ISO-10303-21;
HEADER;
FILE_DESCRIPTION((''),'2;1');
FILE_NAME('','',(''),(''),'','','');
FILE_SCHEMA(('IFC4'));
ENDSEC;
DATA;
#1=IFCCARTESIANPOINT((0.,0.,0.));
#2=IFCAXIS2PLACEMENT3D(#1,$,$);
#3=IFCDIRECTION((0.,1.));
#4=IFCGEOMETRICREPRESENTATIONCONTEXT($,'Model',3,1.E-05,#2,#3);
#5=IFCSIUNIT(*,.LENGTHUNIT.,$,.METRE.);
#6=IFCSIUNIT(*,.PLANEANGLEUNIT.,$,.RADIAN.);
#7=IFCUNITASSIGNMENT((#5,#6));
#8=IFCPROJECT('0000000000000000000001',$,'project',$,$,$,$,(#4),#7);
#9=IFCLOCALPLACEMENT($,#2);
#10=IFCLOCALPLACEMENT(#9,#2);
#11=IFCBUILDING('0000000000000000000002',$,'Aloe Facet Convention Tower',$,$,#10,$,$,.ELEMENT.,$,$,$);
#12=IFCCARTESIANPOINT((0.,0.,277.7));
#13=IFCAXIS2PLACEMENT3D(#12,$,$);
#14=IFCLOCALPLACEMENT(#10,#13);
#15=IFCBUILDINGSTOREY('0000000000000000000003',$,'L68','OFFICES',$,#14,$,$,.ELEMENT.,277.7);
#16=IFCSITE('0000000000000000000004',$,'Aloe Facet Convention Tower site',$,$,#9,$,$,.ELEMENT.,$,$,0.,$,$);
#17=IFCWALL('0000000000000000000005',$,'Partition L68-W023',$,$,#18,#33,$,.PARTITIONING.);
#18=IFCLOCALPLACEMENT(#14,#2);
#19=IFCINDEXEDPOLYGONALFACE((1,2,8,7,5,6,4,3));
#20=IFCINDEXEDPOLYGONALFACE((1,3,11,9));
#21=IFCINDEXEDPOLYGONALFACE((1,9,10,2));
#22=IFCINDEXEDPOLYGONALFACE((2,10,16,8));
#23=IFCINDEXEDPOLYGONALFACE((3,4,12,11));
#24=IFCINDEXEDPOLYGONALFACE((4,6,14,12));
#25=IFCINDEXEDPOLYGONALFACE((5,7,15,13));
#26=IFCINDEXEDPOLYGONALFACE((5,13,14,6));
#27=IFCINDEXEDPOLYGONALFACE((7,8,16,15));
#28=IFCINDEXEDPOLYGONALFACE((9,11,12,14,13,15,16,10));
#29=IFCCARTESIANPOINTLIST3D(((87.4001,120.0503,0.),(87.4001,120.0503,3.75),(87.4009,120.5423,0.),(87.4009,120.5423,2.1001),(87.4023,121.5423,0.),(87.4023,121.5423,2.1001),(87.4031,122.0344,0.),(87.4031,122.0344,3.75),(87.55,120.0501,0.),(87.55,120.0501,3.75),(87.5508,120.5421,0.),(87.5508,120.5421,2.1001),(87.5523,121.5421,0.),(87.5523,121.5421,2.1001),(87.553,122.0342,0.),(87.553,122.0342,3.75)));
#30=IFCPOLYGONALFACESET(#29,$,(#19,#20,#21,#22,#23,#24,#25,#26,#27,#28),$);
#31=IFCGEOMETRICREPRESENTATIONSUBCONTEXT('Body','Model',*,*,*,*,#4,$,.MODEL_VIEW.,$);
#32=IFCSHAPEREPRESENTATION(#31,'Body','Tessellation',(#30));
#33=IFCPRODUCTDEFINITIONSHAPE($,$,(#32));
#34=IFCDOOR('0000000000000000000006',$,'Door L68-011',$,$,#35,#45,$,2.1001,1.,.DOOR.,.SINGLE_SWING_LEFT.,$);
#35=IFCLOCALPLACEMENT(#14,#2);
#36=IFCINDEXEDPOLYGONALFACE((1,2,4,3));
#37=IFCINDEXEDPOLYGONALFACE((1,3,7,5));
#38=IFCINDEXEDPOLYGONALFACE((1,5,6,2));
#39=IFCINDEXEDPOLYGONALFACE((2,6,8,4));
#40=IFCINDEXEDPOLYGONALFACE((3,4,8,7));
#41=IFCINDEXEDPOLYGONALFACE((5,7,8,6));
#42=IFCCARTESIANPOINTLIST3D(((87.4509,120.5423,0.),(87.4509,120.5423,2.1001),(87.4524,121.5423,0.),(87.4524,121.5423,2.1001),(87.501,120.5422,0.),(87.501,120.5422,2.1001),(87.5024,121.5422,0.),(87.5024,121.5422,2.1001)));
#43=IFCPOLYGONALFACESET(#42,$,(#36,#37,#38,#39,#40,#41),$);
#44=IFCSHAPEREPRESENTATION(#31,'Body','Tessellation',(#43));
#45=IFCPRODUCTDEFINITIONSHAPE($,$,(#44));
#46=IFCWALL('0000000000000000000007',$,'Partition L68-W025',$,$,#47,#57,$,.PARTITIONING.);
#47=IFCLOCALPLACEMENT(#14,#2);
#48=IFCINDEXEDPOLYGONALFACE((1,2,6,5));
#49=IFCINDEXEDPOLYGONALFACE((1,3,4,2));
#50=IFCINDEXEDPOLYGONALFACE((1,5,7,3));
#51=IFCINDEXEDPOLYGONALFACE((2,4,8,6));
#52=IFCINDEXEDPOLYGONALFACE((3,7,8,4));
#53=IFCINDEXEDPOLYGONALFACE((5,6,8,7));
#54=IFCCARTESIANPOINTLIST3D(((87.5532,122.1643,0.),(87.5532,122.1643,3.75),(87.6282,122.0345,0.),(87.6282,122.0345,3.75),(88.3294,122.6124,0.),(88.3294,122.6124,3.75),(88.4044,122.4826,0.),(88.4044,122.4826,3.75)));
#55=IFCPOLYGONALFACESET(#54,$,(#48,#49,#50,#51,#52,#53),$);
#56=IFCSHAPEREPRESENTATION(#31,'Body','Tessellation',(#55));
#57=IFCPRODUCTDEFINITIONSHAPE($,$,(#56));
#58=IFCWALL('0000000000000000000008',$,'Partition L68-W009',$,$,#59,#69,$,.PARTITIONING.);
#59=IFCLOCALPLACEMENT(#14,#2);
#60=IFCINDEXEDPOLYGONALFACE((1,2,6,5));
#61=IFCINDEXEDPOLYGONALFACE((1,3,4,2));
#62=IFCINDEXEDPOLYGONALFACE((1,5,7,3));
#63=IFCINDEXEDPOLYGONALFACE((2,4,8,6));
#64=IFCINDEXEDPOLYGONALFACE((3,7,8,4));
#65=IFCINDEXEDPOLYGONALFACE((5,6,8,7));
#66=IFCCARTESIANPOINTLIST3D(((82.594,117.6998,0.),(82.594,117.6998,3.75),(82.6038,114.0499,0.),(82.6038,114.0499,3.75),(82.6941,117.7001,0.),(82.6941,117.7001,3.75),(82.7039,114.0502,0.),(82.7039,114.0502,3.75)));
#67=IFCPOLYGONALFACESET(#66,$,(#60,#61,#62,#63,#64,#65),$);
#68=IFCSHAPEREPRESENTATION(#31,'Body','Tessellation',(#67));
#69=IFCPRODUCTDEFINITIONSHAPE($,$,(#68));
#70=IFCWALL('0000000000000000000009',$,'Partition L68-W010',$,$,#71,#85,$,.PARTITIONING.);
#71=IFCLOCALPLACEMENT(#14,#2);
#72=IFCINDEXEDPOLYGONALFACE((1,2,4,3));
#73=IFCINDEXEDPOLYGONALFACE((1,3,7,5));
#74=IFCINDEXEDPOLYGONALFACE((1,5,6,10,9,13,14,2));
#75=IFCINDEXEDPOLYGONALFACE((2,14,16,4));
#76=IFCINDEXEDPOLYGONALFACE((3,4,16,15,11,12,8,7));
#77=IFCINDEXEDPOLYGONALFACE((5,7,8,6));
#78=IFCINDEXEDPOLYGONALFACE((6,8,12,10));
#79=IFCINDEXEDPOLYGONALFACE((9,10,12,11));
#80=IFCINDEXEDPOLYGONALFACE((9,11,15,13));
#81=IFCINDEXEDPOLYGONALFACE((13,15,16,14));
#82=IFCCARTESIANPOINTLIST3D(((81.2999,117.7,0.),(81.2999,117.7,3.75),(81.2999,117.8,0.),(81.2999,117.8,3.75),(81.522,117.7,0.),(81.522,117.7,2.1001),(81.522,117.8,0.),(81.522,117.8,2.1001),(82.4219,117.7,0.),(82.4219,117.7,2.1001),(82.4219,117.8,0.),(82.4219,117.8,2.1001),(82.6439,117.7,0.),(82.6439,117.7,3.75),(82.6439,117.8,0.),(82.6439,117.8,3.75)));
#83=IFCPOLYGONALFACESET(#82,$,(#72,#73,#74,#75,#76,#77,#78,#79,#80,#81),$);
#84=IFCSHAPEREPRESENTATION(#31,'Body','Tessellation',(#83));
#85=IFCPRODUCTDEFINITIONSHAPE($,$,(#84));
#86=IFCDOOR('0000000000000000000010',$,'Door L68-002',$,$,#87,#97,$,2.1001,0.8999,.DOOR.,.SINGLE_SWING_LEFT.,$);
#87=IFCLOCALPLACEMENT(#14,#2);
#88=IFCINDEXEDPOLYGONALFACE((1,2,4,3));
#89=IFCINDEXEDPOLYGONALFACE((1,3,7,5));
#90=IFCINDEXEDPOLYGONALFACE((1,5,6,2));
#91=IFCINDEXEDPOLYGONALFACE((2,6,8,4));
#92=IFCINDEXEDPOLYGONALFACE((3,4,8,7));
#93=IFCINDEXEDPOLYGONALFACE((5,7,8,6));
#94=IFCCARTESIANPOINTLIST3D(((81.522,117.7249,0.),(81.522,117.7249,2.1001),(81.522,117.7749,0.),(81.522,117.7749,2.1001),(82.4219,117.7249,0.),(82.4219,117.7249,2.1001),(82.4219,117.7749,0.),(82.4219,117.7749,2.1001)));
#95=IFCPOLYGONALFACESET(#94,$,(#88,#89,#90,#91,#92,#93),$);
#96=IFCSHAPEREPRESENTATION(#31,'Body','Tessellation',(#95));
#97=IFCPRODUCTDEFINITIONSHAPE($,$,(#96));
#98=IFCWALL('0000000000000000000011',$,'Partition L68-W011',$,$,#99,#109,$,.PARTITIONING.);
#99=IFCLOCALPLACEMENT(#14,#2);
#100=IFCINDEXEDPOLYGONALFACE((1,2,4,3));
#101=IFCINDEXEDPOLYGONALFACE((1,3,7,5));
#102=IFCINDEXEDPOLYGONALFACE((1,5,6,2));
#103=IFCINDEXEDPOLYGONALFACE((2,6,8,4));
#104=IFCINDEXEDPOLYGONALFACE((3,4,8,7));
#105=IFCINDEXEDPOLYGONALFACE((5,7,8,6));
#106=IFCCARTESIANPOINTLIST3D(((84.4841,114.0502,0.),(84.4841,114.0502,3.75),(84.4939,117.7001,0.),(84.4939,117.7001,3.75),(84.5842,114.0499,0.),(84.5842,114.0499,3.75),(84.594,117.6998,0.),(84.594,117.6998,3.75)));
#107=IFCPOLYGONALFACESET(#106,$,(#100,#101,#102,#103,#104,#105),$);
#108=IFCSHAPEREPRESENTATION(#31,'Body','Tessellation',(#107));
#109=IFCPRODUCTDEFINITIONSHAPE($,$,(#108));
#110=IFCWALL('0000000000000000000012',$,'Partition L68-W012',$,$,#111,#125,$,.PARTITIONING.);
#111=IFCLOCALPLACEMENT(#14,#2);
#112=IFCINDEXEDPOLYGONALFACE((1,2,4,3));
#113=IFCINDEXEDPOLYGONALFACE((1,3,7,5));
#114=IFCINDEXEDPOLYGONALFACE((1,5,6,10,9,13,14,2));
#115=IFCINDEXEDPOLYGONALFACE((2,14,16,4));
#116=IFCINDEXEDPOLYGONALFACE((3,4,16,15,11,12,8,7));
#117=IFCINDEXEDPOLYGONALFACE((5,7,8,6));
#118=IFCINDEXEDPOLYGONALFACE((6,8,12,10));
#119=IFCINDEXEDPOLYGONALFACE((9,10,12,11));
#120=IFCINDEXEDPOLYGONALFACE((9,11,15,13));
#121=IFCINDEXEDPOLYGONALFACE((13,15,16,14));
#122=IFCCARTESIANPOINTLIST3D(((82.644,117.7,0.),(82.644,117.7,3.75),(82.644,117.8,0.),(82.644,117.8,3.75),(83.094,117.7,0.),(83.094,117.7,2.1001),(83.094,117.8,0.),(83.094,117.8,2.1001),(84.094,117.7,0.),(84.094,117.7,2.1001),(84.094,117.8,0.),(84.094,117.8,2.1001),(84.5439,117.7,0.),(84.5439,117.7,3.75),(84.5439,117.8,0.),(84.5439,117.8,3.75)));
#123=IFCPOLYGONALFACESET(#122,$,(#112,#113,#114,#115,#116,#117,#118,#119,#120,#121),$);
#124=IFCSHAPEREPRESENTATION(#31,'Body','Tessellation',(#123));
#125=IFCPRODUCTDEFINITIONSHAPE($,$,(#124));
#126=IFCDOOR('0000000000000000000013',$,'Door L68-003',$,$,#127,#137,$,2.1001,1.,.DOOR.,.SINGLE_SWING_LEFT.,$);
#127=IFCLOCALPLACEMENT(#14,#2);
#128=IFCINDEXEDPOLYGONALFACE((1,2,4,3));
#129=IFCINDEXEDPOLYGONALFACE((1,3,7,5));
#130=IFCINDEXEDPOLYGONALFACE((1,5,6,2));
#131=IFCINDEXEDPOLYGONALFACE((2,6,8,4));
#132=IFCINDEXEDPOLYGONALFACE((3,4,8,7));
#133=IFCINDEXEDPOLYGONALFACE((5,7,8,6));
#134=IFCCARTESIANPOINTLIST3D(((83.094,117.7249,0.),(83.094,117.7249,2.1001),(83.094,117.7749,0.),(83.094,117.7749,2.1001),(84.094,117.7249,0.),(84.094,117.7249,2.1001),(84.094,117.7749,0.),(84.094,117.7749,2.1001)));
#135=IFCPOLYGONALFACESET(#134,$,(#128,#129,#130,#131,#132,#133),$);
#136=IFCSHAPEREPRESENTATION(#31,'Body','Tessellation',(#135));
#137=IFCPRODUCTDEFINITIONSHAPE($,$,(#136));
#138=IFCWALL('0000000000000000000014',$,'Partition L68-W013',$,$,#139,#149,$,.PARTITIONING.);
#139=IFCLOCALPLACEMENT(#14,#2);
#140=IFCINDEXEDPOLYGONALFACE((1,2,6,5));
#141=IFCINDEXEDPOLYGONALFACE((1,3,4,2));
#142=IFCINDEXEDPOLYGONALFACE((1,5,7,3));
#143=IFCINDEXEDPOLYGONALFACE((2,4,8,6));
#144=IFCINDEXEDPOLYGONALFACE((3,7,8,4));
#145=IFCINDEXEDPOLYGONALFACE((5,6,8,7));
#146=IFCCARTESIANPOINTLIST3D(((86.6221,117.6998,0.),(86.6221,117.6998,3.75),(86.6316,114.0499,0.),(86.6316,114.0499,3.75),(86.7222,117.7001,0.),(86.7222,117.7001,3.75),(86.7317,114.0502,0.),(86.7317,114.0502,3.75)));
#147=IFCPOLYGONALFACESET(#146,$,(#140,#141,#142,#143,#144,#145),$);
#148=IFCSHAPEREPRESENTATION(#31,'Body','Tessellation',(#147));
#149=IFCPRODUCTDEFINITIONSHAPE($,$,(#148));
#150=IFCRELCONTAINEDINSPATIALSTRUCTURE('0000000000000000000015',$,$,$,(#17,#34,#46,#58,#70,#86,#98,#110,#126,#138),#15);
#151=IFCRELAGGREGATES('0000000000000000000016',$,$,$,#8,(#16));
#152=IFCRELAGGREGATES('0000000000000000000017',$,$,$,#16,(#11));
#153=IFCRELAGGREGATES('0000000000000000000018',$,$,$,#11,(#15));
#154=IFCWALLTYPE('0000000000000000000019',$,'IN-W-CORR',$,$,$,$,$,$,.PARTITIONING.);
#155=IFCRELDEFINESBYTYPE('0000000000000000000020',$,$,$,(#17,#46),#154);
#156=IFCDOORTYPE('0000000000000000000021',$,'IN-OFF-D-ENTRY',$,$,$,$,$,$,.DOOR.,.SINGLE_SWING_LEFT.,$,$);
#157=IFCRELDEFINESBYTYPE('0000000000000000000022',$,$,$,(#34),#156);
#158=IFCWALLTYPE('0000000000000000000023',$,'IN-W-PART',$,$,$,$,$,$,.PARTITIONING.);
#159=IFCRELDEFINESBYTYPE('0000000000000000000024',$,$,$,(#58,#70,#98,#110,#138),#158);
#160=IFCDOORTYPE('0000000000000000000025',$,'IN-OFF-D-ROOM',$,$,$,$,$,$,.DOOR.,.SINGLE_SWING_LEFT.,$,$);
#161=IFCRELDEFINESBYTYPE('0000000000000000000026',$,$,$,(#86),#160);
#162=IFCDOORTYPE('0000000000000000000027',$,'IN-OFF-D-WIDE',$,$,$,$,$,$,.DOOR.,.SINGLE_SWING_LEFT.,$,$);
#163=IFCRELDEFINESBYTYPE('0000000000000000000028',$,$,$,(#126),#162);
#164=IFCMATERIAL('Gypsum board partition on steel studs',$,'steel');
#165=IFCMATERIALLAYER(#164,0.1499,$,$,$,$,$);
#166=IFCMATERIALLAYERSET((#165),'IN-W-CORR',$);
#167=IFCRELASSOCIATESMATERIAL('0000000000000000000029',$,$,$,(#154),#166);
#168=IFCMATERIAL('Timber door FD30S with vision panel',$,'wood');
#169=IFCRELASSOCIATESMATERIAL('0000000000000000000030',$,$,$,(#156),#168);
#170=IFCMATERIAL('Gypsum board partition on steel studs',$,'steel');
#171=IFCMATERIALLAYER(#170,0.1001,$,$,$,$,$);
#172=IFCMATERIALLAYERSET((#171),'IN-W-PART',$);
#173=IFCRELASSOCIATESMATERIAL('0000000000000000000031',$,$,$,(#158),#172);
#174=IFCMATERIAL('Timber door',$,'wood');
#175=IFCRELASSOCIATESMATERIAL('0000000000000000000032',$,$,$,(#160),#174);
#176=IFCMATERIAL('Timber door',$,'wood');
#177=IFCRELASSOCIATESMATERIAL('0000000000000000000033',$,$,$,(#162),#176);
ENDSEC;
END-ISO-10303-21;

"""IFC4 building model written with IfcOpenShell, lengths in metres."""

from ifc_helpers import new_model, si_unit, direction, frame, frame_2d, origin, place, context, subcontext, project, spatial, rectangle, extrude, material, layer, layer_set, type_object, element, fill, save


model = new_model("IFC4")

# Units and contexts
model_context = context("Model", 3, precision=1e-05, world=origin(), true_north=direction((0.0, 1.0)))
body_context = subcontext(model_context, "Body", "Model", "MODEL_VIEW")
ifc_project = project(units=[si_unit("LENGTHUNIT", "METRE"), si_unit("PLANEANGLEUNIT", "RADIAN")], contexts=[model_context])

# Site, building, storey
site_placement = place(None, origin())
site = spatial("IfcSite", under=ifc_project, at=site_placement, Name="Aloe Facet Convention Tower site", CompositionType="ELEMENT", RefElevation=0.0)
building_placement = place(site_placement, origin())
building = spatial("IfcBuilding", under=site, at=building_placement, Name="Aloe Facet Convention Tower", CompositionType="ELEMENT")
storey_placement = place(building_placement, frame((0.0, 0.0, 277.7)))
storey = spatial("IfcBuildingStorey", under=building, at=storey_placement, Name="L68", Description="OFFICES", CompositionType="ELEMENT", Elevation=277.7)

# Wall, opening, door
ifc_material_1 = material(Name="Gypsum board partition on steel studs", Category="steel")
ifc_layer_1 = layer(ifc_material_1, 0.1499)
ifc_layer_set_1 = layer_set([ifc_layer_1], Name="IN-W-CORR")
wall_type_1 = type_object("IfcWallType", Name="IN-W-CORR", PredefinedType="PARTITIONING", material=ifc_layer_set_1)
ifc_material_2 = material(Name="Timber door FD30S with vision panel", Category="wood")
door_type_1 = type_object("IfcDoorType", Name="IN-OFF-D-ENTRY", OperationType="SINGLE_SWING_LEFT", PredefinedType="DOOR", material=ifc_material_2)
wall_1_placement = place(storey_placement, frame((87.4751, 120.05, 0.0), z_axis=(0.0, 0.0, 1.0), x_axis=(0.001477, 0.999999, 0.0)))
wall_1 = element("IfcWall", 1, at=wall_1_placement, inside=storey, type_object=wall_type_1, Name="Partition L68-W023", PredefinedType="PARTITIONING", context=body_context, shape_type="SweptSolid", body=[
    extrude(rectangle(XDim=1.9841, YDim=0.1499, at=frame_2d((0.9922, 0.0))), origin(), (0.0, 0.0, 1.0), 3.75),
])
opening_1_placement = place(wall_1_placement, frame((0.4922, 0.0, 0.0)))
opening_1 = element("IfcOpeningElement", 2, at=opening_1_placement, cuts=wall_1, PredefinedType="OPENING", context=body_context, shape_type="SweptSolid", body=[
    extrude(rectangle(XDim=1.0, YDim=2.1001, at=frame_2d((0.5, 1.05))), frame((0.0, 0.085, 0.0), z_axis=(0.0, -1.0, 0.0), x_axis=(1.0, 0.0, 0.0)), (0.0, 0.0, 1.0), 0.1699),
])
door_1_placement = place(opening_1_placement, origin())
door_1 = element("IfcDoor", 3, at=door_1_placement, inside=storey, type_object=door_type_1, Name="Door L68-011", OperationType="SINGLE_SWING_LEFT", OverallHeight=2.1001, OverallWidth=1.0, PredefinedType="DOOR", context=body_context, shape_type="SweptSolid", body=[
    extrude(rectangle(XDim=1.0, YDim=2.1001, at=frame_2d((0.5, 1.05))), frame((0.0, 0.0249, 0.0), z_axis=(0.0, -1.0, 0.0), x_axis=(1.0, 0.0, 0.0)), (0.0, 0.0, 1.0), 0.05),
])
fill(opening_1, door_1)

# Walls
wall_2_placement = place(storey_placement, frame((87.5906, 122.0994, 0.0), z_axis=(0.0, 0.0, 1.0), x_axis=(0.866072, 0.499919, 0.0)))
element("IfcWall", 4, at=wall_2_placement, inside=storey, type_object=wall_type_1, Name="Partition L68-W025", PredefinedType="PARTITIONING", context=body_context, shape_type="SweptSolid", body=[
    extrude(rectangle(XDim=0.8962, YDim=0.1499, at=frame_2d((0.4482, 0.0))), origin(), (0.0, 0.0, 1.0), 3.75),
])
ifc_material_3 = material(Name="Gypsum board partition on steel studs", Category="steel")
ifc_layer_2 = layer(ifc_material_3, 0.1001)
ifc_layer_set_2 = layer_set([ifc_layer_2], Name="IN-W-PART")
wall_type_2 = type_object("IfcWallType", Name="IN-W-PART", PredefinedType="PARTITIONING", material=ifc_layer_set_2)
wall_3_placement = place(storey_placement, frame((82.6538, 114.05, 0.0), z_axis=(0.0, 0.0, 1.0), x_axis=(-0.002676, 0.999996, 0.0)))
element("IfcWall", 5, at=wall_3_placement, inside=storey, type_object=wall_type_2, Name="Partition L68-W009", PredefinedType="PARTITIONING", context=body_context, shape_type="SweptSolid", body=[
    extrude(rectangle(XDim=3.6499, YDim=0.1001, at=frame_2d((1.825, 0.0))), origin(), (0.0, 0.0, 1.0), 3.75),
])

# Wall, opening, door
wall_4_placement = place(storey_placement, frame((81.3, 117.75, 0.0), z_axis=(0.0, 0.0, 1.0), x_axis=(1.0, 0.0, 0.0)))
wall_4 = element("IfcWall", 6, at=wall_4_placement, inside=storey, type_object=wall_type_2, Name="Partition L68-W010", PredefinedType="PARTITIONING", context=body_context, shape_type="SweptSolid", body=[
    extrude(rectangle(XDim=1.344, YDim=0.1001, at=frame_2d((0.6719, 0.0))), origin(), (0.0, 0.0, 1.0), 3.75),
])
opening_2_placement = place(wall_4_placement, frame((0.2219, 0.0, 0.0)))
opening_2 = element("IfcOpeningElement", 7, at=opening_2_placement, cuts=wall_4, PredefinedType="OPENING", context=body_context, shape_type="SweptSolid", body=[
    extrude(rectangle(XDim=0.8999, YDim=2.1001, at=frame_2d((0.45, 1.05))), frame((0.0, 0.0601, 0.0), z_axis=(0.0, -1.0, 0.0), x_axis=(1.0, 0.0, 0.0)), (0.0, 0.0, 1.0), 0.1201),
])
ifc_material_4 = material(Name="Timber door", Category="wood")
door_type_2 = type_object("IfcDoorType", Name="IN-OFF-D-ROOM", OperationType="SINGLE_SWING_LEFT", PredefinedType="DOOR", material=ifc_material_4)
door_2_placement = place(opening_2_placement, origin())
door_2 = element("IfcDoor", 8, at=door_2_placement, inside=storey, type_object=door_type_2, Name="Door L68-002", OperationType="SINGLE_SWING_LEFT", OverallHeight=2.1001, OverallWidth=0.8999, PredefinedType="DOOR", context=body_context, shape_type="SweptSolid", body=[
    extrude(rectangle(XDim=0.8999, YDim=2.1001, at=frame_2d((0.45, 1.05))), frame((0.0, 0.0249, 0.0), z_axis=(0.0, -1.0, 0.0), x_axis=(1.0, 0.0, 0.0)), (0.0, 0.0, 1.0), 0.05),
])
fill(opening_2, door_2)

# Wall
wall_5_placement = place(storey_placement, frame((84.5342, 114.05, 0.0), z_axis=(0.0, 0.0, 1.0), x_axis=(0.002676, 0.999996, 0.0)))
element("IfcWall", 9, at=wall_5_placement, inside=storey, type_object=wall_type_2, Name="Partition L68-W011", PredefinedType="PARTITIONING", context=body_context, shape_type="SweptSolid", body=[
    extrude(rectangle(XDim=3.6499, YDim=0.1001, at=frame_2d((1.825, 0.0))), origin(), (0.0, 0.0, 1.0), 3.75),
])

# Wall, opening, door
wall_6_placement = place(storey_placement, frame((82.644, 117.75, 0.0), z_axis=(0.0, 0.0, 1.0), x_axis=(1.0, 0.0, 0.0)))
wall_6 = element("IfcWall", 10, at=wall_6_placement, inside=storey, type_object=wall_type_2, Name="Partition L68-W012", PredefinedType="PARTITIONING", context=body_context, shape_type="SweptSolid", body=[
    extrude(rectangle(XDim=1.8999, YDim=0.1001, at=frame_2d((0.95, 0.0))), origin(), (0.0, 0.0, 1.0), 3.75),
])
opening_3_placement = place(wall_6_placement, frame((0.45, 0.0, 0.0)))
opening_3 = element("IfcOpeningElement", 11, at=opening_3_placement, cuts=wall_6, PredefinedType="OPENING", context=body_context, shape_type="SweptSolid", body=[
    extrude(rectangle(XDim=1.0, YDim=2.1001, at=frame_2d((0.5, 1.05))), frame((0.0, 0.0601, 0.0), z_axis=(0.0, -1.0, 0.0), x_axis=(1.0, 0.0, 0.0)), (0.0, 0.0, 1.0), 0.1201),
])
ifc_material_5 = material(Name="Timber door", Category="wood")
door_type_3 = type_object("IfcDoorType", Name="IN-OFF-D-WIDE", OperationType="SINGLE_SWING_LEFT", PredefinedType="DOOR", material=ifc_material_5)
door_3_placement = place(opening_3_placement, origin())
door_3 = element("IfcDoor", 12, at=door_3_placement, inside=storey, type_object=door_type_3, Name="Door L68-003", OperationType="SINGLE_SWING_LEFT", OverallHeight=2.1001, OverallWidth=1.0, PredefinedType="DOOR", context=body_context, shape_type="SweptSolid", body=[
    extrude(rectangle(XDim=1.0, YDim=2.1001, at=frame_2d((0.5, 1.05))), frame((0.0, 0.0249, 0.0), z_axis=(0.0, -1.0, 0.0), x_axis=(1.0, 0.0, 0.0)), (0.0, 0.0, 1.0), 0.05),
])
fill(opening_3, door_3)

# Wall
wall_7_placement = place(storey_placement, frame((86.6816, 114.05, 0.0), z_axis=(0.0, 0.0, 1.0), x_axis=(-0.002609, 0.999997, 0.0)))
element("IfcWall", 13, at=wall_7_placement, inside=storey, type_object=wall_type_2, Name="Partition L68-W013", PredefinedType="PARTITIONING", context=body_context, shape_type="SweptSolid", body=[
    extrude(rectangle(XDim=3.6499, YDim=0.1001, at=frame_2d((1.825, 0.0))), origin(), (0.0, 0.0, 1.0), 3.75),
])

save(model, "model.ifc")
